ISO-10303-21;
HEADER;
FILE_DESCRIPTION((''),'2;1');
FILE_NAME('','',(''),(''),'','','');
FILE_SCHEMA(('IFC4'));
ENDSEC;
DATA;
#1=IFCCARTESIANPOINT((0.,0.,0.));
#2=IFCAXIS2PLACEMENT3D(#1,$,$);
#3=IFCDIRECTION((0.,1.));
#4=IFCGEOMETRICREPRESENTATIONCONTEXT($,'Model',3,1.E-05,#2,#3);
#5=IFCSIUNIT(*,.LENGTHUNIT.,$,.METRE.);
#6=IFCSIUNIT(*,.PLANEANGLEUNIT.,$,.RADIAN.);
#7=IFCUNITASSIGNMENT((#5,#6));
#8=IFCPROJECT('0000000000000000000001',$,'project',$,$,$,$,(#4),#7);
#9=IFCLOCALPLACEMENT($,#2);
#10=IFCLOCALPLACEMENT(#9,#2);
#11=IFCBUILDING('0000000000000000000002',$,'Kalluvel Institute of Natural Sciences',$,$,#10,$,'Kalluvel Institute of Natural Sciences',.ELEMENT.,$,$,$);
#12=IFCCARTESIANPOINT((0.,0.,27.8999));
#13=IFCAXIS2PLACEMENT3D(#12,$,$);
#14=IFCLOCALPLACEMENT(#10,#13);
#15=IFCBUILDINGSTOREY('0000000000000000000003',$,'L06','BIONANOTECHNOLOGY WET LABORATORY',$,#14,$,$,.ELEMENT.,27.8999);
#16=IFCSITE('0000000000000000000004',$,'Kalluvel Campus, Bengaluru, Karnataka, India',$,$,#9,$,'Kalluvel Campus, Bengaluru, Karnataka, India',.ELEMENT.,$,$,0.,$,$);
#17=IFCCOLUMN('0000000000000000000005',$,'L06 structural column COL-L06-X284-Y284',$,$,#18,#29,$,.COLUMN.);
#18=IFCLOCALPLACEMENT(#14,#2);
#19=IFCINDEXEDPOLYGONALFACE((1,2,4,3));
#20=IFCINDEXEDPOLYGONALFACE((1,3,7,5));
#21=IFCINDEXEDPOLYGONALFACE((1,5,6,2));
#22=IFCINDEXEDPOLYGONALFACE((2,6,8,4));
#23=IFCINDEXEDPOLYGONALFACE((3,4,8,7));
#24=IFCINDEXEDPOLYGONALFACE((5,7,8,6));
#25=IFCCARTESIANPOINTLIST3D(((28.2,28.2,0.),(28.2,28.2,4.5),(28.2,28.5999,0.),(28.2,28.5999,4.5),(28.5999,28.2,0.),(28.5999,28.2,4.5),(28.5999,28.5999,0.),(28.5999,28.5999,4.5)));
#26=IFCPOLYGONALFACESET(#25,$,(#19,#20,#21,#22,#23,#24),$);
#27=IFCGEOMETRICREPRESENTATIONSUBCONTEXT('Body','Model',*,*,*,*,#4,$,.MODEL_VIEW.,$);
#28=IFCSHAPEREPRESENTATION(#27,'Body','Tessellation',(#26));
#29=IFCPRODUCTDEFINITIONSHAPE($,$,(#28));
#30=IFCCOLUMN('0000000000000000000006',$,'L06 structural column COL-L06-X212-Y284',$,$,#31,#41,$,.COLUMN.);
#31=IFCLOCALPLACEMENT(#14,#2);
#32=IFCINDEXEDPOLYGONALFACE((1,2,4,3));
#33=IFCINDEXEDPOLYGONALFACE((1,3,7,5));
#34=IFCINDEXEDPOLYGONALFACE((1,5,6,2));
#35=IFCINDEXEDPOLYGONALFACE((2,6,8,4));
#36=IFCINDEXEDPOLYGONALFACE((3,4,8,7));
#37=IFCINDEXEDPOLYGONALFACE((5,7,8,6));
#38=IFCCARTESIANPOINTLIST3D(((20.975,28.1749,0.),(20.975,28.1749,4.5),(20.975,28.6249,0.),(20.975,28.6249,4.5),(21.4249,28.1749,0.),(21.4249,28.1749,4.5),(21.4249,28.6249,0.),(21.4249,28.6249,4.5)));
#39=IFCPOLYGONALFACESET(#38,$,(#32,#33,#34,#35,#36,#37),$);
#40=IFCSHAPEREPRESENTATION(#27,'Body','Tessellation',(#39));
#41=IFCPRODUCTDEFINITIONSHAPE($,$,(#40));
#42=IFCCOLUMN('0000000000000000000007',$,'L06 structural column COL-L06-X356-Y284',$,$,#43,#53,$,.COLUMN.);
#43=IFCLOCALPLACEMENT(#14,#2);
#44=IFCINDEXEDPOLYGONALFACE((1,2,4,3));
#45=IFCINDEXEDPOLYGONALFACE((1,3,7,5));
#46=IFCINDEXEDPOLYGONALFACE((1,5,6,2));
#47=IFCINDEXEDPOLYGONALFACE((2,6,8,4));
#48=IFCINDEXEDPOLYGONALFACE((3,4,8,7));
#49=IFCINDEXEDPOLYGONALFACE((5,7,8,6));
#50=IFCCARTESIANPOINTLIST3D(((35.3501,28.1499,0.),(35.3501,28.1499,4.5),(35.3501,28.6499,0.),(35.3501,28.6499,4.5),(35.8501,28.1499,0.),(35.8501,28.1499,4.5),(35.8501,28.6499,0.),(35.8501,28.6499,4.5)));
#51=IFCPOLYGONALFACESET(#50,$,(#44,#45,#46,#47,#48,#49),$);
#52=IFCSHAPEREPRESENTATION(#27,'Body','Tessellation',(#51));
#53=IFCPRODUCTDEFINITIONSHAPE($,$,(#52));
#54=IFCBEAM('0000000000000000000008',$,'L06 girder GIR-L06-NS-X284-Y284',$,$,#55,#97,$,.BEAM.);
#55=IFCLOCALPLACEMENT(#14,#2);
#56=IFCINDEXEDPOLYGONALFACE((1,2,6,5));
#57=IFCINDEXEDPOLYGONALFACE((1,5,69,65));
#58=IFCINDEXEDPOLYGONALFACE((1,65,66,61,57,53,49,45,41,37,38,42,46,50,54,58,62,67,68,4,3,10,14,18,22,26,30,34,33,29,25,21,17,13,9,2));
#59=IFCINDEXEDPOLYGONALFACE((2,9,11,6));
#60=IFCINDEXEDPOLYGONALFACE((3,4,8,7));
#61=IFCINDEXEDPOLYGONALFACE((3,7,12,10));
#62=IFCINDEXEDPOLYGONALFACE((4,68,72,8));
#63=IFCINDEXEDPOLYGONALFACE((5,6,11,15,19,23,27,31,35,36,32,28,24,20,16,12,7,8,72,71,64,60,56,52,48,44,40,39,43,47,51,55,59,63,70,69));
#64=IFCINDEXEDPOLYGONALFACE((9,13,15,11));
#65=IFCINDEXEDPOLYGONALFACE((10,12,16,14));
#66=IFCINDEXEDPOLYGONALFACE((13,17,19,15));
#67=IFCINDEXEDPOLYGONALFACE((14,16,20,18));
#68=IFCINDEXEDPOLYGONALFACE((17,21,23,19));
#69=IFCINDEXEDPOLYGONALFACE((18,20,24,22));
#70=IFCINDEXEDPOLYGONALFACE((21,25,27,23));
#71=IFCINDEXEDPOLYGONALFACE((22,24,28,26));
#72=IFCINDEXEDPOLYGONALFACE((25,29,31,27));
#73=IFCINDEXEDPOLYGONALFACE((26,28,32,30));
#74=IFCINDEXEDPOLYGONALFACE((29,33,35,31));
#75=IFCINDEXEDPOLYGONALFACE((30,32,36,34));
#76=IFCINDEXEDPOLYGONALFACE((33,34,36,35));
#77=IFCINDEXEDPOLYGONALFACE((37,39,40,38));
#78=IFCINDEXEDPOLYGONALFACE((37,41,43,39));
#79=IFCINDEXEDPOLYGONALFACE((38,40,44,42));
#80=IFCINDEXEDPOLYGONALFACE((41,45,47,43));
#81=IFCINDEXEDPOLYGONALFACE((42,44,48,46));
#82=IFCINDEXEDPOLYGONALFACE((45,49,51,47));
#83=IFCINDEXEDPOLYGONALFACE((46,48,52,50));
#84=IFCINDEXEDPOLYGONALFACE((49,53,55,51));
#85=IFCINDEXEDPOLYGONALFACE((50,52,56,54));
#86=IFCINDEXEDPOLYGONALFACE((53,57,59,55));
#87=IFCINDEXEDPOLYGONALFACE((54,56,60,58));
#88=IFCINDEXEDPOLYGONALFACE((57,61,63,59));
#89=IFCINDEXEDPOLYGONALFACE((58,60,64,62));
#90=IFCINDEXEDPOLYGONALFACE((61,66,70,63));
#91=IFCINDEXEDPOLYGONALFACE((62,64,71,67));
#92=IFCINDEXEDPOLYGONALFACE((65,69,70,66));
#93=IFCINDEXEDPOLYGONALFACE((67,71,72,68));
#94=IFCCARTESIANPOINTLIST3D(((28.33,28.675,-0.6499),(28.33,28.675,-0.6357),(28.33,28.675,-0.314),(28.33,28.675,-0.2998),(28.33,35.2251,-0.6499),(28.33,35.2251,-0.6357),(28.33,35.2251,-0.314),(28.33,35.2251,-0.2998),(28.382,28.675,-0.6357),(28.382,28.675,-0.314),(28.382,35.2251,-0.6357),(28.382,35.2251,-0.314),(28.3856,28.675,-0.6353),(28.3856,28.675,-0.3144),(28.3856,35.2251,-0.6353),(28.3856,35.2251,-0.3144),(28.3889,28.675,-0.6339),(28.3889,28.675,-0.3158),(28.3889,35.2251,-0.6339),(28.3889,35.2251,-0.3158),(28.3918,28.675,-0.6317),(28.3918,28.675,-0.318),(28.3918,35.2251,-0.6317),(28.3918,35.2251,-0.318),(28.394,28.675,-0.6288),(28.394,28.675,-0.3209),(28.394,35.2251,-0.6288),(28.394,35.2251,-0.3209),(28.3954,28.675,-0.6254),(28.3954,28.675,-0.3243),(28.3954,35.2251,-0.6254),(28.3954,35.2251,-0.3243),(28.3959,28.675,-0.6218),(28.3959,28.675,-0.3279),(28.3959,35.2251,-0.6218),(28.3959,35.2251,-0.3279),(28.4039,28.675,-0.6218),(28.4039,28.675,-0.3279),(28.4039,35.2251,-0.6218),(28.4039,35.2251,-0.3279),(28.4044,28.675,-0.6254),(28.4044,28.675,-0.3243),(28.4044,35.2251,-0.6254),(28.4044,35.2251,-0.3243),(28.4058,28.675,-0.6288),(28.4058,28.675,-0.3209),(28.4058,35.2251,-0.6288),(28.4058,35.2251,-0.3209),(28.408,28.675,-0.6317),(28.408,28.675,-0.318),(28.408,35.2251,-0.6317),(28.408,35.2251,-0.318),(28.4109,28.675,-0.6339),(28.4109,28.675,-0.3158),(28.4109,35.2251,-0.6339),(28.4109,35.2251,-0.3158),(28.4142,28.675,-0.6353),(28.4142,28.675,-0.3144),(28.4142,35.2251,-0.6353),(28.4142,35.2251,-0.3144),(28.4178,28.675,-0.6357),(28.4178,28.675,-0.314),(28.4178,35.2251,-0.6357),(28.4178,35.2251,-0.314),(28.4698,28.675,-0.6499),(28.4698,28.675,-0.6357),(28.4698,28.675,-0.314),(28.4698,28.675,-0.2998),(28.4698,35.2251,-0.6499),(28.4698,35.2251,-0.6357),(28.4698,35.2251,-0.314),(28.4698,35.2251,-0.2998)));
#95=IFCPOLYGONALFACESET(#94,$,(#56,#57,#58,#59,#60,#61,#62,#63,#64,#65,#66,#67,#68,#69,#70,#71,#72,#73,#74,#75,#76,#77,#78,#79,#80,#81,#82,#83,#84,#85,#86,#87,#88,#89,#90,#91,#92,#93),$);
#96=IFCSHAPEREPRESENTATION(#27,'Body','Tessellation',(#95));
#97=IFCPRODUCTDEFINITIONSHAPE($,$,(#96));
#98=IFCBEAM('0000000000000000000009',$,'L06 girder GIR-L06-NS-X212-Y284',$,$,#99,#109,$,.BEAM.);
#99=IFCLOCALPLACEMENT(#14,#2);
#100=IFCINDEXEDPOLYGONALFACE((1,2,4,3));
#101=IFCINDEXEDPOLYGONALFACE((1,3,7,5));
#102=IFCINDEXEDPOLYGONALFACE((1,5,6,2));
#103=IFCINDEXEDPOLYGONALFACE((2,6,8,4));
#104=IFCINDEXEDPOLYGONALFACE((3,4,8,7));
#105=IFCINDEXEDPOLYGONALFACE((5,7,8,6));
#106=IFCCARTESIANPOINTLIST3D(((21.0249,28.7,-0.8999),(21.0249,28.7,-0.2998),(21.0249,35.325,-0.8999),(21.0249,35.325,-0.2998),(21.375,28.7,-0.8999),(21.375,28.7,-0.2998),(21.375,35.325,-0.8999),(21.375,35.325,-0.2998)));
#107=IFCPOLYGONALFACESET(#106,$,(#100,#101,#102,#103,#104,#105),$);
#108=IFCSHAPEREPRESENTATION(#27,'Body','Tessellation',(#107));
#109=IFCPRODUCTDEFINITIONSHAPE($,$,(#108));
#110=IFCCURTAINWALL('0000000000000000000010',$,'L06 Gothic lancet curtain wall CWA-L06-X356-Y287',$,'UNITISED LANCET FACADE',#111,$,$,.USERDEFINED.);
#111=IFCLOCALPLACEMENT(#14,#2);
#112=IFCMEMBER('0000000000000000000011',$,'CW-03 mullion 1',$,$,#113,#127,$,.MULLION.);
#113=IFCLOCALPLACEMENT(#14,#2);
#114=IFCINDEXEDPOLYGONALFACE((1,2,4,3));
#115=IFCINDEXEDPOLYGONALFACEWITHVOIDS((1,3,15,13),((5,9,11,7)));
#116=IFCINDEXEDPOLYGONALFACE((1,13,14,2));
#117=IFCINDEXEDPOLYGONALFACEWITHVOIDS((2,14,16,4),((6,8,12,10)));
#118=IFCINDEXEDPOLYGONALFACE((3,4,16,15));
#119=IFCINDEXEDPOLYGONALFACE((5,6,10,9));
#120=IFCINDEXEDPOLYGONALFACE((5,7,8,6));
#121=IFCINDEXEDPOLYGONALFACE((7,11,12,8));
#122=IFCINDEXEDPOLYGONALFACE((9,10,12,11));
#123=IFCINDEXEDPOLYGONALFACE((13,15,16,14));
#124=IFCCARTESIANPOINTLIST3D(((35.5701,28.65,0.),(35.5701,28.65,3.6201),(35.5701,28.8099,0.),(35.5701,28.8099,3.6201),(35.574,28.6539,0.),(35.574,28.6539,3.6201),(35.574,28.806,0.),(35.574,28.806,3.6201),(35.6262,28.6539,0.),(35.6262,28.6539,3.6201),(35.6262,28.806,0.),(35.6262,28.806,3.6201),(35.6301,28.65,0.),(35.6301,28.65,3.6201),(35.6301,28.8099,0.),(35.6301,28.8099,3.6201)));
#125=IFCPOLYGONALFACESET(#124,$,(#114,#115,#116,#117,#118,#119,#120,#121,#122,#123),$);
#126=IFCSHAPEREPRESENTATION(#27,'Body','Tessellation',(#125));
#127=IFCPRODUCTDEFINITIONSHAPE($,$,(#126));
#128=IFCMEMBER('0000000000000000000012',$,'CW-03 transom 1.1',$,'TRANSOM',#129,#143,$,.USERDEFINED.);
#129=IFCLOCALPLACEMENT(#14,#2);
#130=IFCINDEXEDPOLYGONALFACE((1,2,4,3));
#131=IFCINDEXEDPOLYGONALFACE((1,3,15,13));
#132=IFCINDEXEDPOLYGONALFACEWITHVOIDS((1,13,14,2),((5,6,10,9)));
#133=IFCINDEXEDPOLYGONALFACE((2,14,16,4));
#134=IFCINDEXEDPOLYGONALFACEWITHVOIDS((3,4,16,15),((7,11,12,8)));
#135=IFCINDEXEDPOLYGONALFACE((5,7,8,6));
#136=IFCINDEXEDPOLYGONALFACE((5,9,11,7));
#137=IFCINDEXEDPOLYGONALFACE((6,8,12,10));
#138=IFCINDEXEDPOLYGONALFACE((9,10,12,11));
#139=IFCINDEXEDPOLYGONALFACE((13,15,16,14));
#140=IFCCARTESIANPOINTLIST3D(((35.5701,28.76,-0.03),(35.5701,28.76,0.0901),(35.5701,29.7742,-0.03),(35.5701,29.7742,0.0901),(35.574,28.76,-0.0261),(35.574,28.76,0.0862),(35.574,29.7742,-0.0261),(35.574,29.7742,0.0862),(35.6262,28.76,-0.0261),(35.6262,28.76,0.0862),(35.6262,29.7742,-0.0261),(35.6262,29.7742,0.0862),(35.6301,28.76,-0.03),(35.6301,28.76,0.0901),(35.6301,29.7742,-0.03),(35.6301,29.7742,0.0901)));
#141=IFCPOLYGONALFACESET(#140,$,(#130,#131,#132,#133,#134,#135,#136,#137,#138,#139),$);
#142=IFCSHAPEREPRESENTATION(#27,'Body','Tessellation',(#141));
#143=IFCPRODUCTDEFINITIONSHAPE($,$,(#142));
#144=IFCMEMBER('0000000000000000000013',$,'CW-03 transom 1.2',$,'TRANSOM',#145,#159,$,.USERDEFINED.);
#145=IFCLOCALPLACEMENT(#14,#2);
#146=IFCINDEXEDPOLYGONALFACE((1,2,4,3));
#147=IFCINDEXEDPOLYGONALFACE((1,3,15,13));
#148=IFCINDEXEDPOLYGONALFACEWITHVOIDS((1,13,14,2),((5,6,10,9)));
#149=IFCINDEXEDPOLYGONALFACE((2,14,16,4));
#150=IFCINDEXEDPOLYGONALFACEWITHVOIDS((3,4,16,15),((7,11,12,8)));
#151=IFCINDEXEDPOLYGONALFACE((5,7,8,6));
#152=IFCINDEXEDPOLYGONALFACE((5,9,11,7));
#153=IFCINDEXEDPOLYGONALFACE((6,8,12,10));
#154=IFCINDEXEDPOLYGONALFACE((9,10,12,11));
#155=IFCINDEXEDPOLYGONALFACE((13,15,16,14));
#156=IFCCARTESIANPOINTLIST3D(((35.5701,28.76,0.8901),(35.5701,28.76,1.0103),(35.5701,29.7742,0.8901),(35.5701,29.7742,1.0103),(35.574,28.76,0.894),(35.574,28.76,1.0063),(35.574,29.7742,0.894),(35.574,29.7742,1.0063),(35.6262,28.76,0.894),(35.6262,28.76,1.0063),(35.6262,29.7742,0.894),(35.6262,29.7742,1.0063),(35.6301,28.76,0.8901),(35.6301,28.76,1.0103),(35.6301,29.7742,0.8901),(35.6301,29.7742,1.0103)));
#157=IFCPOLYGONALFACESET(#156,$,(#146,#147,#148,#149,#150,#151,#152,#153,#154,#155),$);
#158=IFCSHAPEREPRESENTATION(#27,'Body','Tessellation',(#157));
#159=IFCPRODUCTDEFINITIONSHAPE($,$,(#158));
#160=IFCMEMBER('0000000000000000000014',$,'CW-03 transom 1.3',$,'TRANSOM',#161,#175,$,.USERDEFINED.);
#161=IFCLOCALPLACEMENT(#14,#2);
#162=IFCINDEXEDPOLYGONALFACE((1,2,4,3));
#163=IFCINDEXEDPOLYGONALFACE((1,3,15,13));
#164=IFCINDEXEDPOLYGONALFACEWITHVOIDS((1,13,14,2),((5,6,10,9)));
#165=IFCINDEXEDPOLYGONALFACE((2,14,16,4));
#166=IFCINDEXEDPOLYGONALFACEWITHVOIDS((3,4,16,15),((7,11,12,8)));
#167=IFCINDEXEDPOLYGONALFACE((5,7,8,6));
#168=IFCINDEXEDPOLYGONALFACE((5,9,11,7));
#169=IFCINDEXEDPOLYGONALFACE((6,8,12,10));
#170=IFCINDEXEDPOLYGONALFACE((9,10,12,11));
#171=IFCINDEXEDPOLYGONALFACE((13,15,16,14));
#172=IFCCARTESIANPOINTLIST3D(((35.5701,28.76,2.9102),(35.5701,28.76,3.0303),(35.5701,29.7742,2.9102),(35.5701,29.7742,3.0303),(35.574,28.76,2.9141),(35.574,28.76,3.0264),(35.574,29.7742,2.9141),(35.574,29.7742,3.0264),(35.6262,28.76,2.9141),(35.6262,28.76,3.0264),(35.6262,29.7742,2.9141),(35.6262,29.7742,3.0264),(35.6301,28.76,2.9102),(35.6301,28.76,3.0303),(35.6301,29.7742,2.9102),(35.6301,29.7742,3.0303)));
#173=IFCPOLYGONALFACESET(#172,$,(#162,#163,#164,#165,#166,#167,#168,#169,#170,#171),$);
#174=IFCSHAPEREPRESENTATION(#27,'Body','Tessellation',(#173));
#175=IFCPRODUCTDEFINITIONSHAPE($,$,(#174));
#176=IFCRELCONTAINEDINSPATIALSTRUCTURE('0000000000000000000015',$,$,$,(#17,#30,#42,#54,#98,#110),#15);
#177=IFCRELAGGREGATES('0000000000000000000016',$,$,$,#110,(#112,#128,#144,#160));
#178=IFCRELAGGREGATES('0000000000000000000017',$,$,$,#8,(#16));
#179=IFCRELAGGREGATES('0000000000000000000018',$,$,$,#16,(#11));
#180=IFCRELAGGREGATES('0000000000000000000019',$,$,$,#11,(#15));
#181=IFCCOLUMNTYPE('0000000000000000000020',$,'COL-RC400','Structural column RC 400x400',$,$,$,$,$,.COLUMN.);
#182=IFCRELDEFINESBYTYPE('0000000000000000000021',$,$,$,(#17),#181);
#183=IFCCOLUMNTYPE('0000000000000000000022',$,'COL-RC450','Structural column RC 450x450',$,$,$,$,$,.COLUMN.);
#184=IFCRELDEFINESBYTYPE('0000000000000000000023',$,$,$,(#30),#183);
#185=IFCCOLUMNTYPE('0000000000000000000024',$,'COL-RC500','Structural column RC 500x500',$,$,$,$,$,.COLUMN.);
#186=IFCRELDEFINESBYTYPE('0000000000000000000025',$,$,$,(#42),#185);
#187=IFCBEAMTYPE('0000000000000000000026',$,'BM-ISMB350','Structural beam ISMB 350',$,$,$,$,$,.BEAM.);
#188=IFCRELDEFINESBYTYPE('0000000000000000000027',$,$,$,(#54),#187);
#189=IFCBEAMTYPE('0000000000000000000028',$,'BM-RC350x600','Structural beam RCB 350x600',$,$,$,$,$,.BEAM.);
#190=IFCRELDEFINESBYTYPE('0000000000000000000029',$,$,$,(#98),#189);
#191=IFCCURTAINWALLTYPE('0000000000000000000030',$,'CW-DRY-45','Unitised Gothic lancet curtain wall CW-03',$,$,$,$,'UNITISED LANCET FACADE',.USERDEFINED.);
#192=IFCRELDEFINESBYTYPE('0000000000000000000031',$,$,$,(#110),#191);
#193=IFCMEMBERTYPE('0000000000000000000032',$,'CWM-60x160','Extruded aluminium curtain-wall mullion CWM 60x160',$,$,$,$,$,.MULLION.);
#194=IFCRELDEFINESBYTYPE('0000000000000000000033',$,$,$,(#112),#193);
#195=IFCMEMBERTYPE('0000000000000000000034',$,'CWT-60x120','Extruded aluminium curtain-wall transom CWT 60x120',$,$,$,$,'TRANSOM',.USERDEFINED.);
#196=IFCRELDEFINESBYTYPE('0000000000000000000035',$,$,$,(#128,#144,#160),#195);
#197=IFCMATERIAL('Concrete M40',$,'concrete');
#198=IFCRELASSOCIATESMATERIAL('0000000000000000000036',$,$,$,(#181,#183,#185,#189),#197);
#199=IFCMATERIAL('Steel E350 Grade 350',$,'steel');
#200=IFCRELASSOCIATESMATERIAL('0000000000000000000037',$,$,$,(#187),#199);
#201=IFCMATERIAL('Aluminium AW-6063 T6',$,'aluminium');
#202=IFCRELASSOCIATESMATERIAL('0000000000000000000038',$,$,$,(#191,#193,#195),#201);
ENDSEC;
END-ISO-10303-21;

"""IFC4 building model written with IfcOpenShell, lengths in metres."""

from ifc_helpers import new_model, si_unit, direction, frame, origin, origin_2d, place, context, subcontext, project, spatial, rectangle, hollow_rectangle, i_section, extrude, material, material_profile, profile_set, type_object, element, aggregate, save


model = new_model("IFC4")

# Units and contexts
model_context = context("Model", 3, precision=1e-05, world=origin(), true_north=direction((0.0, 1.0)))
body_context = subcontext(model_context, "Body", "Model", "MODEL_VIEW")
ifc_project = project(units=[si_unit("LENGTHUNIT", "METRE"), si_unit("PLANEANGLEUNIT", "RADIAN")], contexts=[model_context])

# Site, building, storey
site_placement = place(None, origin())
site = spatial("IfcSite", under=ifc_project, at=site_placement, Name="Kalluvel Campus, Bengaluru, Karnataka, India", LongName="Kalluvel Campus, Bengaluru, Karnataka, India", CompositionType="ELEMENT", RefElevation=0.0)
building_placement = place(site_placement, origin())
building = spatial("IfcBuilding", under=site, at=building_placement, Name="Kalluvel Institute of Natural Sciences", LongName="Kalluvel Institute of Natural Sciences", CompositionType="ELEMENT")
storey_placement = place(building_placement, frame((0.0, 0.0, 27.8999)))
storey = spatial("IfcBuildingStorey", under=building, at=storey_placement, Name="L06", Description="BIONANOTECHNOLOGY WET LABORATORY", CompositionType="ELEMENT", Elevation=27.8999)

# Columns
ifc_material_1 = material(Name="Concrete M40", Category="concrete")
ifc_material_profile_1 = material_profile(ifc_material_1, rectangle(XDim=0.3999, YDim=0.3999, at=origin_2d()), Name="RC 400x400")
ifc_profile_set_1 = profile_set([ifc_material_profile_1], Name="Concrete M40")
column_type_1 = type_object("IfcColumnType", Name="COL-RC400", Description="Structural column RC 400x400", PredefinedType="COLUMN", material=ifc_profile_set_1)
column_1_placement = place(storey_placement, frame((28.3999, 28.3999, 0.0), z_axis=(0.0, 0.0, 1.0), x_axis=(1.0, 0.0, 0.0)))
element("IfcColumn", 1, at=column_1_placement, inside=storey, type_object=column_type_1, Name="L06 structural column COL-L06-X284-Y284", PredefinedType="COLUMN", context=body_context, shape_type="SweptSolid", body=[
    extrude(rectangle(XDim=0.3999, YDim=0.3999, at=origin_2d()), origin(), (0.0, 0.0, 1.0), 4.5),
])
ifc_material_profile_2 = material_profile(ifc_material_1, rectangle(XDim=0.45, YDim=0.45, at=origin_2d()), Name="RC 450x450")
ifc_profile_set_2 = profile_set([ifc_material_profile_2], Name="Concrete M40")
column_type_2 = type_object("IfcColumnType", Name="COL-RC450", Description="Structural column RC 450x450", PredefinedType="COLUMN", material=ifc_profile_set_2)
column_2_placement = place(storey_placement, frame((21.2, 28.3999, 0.0), z_axis=(0.0, 0.0, 1.0), x_axis=(1.0, 0.0, 0.0)))
element("IfcColumn", 2, at=column_2_placement, inside=storey, type_object=column_type_2, Name="L06 structural column COL-L06-X212-Y284", PredefinedType="COLUMN", context=body_context, shape_type="SweptSolid", body=[
    extrude(rectangle(XDim=0.45, YDim=0.45, at=origin_2d()), origin(), (0.0, 0.0, 1.0), 4.5),
])
ifc_material_profile_3 = material_profile(ifc_material_1, rectangle(XDim=0.5, YDim=0.5, at=origin_2d()), Name="RC 500x500")
ifc_profile_set_3 = profile_set([ifc_material_profile_3], Name="Concrete M40")
column_type_3 = type_object("IfcColumnType", Name="COL-RC500", Description="Structural column RC 500x500", PredefinedType="COLUMN", material=ifc_profile_set_3)
column_3_placement = place(storey_placement, frame((35.6001, 28.3999, 0.0), z_axis=(0.0, 0.0, 1.0), x_axis=(1.0, 0.0, 0.0)))
element("IfcColumn", 3, at=column_3_placement, inside=storey, type_object=column_type_3, Name="L06 structural column COL-L06-X356-Y284", PredefinedType="COLUMN", context=body_context, shape_type="SweptSolid", body=[
    extrude(rectangle(XDim=0.5, YDim=0.5, at=origin_2d()), origin(), (0.0, 0.0, 1.0), 4.5),
])

# Beams
ifc_material_2 = material(Name="Steel E350 Grade 350", Category="steel")
ifc_material_profile_4 = material_profile(ifc_material_2, i_section(OverallWidth=0.1399, OverallDepth=0.3501, WebThickness=0.0081, FlangeThickness=0.0142, FilletRadius=0.0139, at=origin_2d()), Name="ISMB 350")
ifc_profile_set_4 = profile_set([ifc_material_profile_4], Name="Steel E350 Grade 350")
beam_type_1 = type_object("IfcBeamType", Name="BM-ISMB350", Description="Structural beam ISMB 350", PredefinedType="BEAM", material=ifc_profile_set_4)
beam_1_placement = place(storey_placement, frame((28.3999, 28.675, -0.4749), z_axis=(0.0, 1.0, 0.0), x_axis=(-1.0, 0.0, 0.0)))
element("IfcBeam", 4, at=beam_1_placement, inside=storey, type_object=beam_type_1, Name="L06 girder GIR-L06-NS-X284-Y284", PredefinedType="BEAM", context=body_context, shape_type="SweptSolid", body=[
    extrude(i_section(OverallWidth=0.1399, OverallDepth=0.3501, WebThickness=0.0081, FlangeThickness=0.0142, FilletRadius=0.0139, at=origin_2d()), origin(), (0.0, 0.0, 1.0), 6.55),
])
ifc_material_profile_5 = material_profile(ifc_material_1, rectangle(XDim=0.3501, YDim=0.6001, at=origin_2d()), Name="RCB 350x600")
ifc_profile_set_5 = profile_set([ifc_material_profile_5], Name="Concrete M40")
beam_type_2 = type_object("IfcBeamType", Name="BM-RC350x600", Description="Structural beam RCB 350x600", PredefinedType="BEAM", material=ifc_profile_set_5)
beam_2_placement = place(storey_placement, frame((21.2, 28.7, -0.5999), z_axis=(0.0, 1.0, 0.0), x_axis=(-1.0, 0.0, 0.0)))
element("IfcBeam", 5, at=beam_2_placement, inside=storey, type_object=beam_type_2, Name="L06 girder GIR-L06-NS-X212-Y284", PredefinedType="BEAM", context=body_context, shape_type="SweptSolid", body=[
    extrude(rectangle(XDim=0.3501, YDim=0.6001, at=origin_2d()), origin(), (0.0, 0.0, 1.0), 6.625),
])

# Curtain wall, members
ifc_material_3 = material(Name="Aluminium AW-6063 T6", Category="aluminium")
curtain_wall_type = type_object("IfcCurtainWallType", Name="CW-DRY-45", Description="Unitised Gothic lancet curtain wall CW-03", ElementType="UNITISED LANCET FACADE", PredefinedType="USERDEFINED", material=ifc_material_3)
curtain_wall_placement = place(storey_placement, origin())
curtain_wall = element("IfcCurtainWall", 6, at=curtain_wall_placement, inside=storey, type_object=curtain_wall_type, Name="L06 Gothic lancet curtain wall CWA-L06-X356-Y287", ObjectType="UNITISED LANCET FACADE", PredefinedType="USERDEFINED")
ifc_material_profile_6 = material_profile(ifc_material_3, hollow_rectangle(XDim=0.0601, YDim=0.1599, WallThickness=0.0039, at=origin_2d()), Name="CWM 60x160")
ifc_profile_set_6 = profile_set([ifc_material_profile_6], Name="Aluminium AW-6063 T6")
member_type_1 = type_object("IfcMemberType", Name="CWM-60x160", Description="Extruded aluminium curtain-wall mullion CWM 60x160", PredefinedType="MULLION", material=ifc_profile_set_6)
member_1_placement = place(storey_placement, frame((35.6001, 28.73, 0.0), z_axis=(0.0, 0.0, 1.0), x_axis=(-1.0, 0.0, 0.0)))
member_1 = element("IfcMember", 7, at=member_1_placement, type_object=member_type_1, Name="CW-03 mullion 1", PredefinedType="MULLION", context=body_context, shape_type="SweptSolid", body=[
    extrude(hollow_rectangle(XDim=0.0601, YDim=0.1599, WallThickness=0.0039, at=origin_2d()), origin(), (0.0, 0.0, 1.0), 3.6201),
])
ifc_material_profile_7 = material_profile(ifc_material_3, hollow_rectangle(XDim=0.0601, YDim=0.1201, WallThickness=0.0039, at=origin_2d()), Name="CWT 60x120")
ifc_profile_set_7 = profile_set([ifc_material_profile_7], Name="Aluminium AW-6063 T6")
member_type_2 = type_object("IfcMemberType", Name="CWT-60x120", Description="Extruded aluminium curtain-wall transom CWT 60x120", ElementType="TRANSOM", PredefinedType="USERDEFINED", material=ifc_profile_set_7)
member_2_placement = place(storey_placement, frame((35.6001, 28.76, 0.03), z_axis=(0.0, 1.0, 0.0), x_axis=(-1.0, 0.0, 0.0)))
member_2 = element("IfcMember", 8, at=member_2_placement, type_object=member_type_2, Name="CW-03 transom 1.1", ObjectType="TRANSOM", PredefinedType="USERDEFINED", context=body_context, shape_type="SweptSolid", body=[
    extrude(hollow_rectangle(XDim=0.0601, YDim=0.1201, WallThickness=0.0039, at=origin_2d()), origin(), (0.0, 0.0, 1.0), 1.0142),
])
member_3_placement = place(storey_placement, frame((35.6001, 28.76, 0.9502), z_axis=(0.0, 1.0, 0.0), x_axis=(-1.0, 0.0, 0.0)))
member_3 = element("IfcMember", 9, at=member_3_placement, type_object=member_type_2, Name="CW-03 transom 1.2", ObjectType="TRANSOM", PredefinedType="USERDEFINED", context=body_context, shape_type="SweptSolid", body=[
    extrude(hollow_rectangle(XDim=0.0601, YDim=0.1201, WallThickness=0.0039, at=origin_2d()), origin(), (0.0, 0.0, 1.0), 1.0142),
])
member_4_placement = place(storey_placement, frame((35.6001, 28.76, 2.9702), z_axis=(0.0, 1.0, 0.0), x_axis=(-1.0, 0.0, 0.0)))
member_4 = element("IfcMember", 10, at=member_4_placement, type_object=member_type_2, Name="CW-03 transom 1.3", ObjectType="TRANSOM", PredefinedType="USERDEFINED", context=body_context, shape_type="SweptSolid", body=[
    extrude(hollow_rectangle(XDim=0.0601, YDim=0.1201, WallThickness=0.0039, at=origin_2d()), origin(), (0.0, 0.0, 1.0), 1.0142),
])
aggregate(curtain_wall, [member_1, member_2, member_3, member_4])

save(model, "model.ifc")
